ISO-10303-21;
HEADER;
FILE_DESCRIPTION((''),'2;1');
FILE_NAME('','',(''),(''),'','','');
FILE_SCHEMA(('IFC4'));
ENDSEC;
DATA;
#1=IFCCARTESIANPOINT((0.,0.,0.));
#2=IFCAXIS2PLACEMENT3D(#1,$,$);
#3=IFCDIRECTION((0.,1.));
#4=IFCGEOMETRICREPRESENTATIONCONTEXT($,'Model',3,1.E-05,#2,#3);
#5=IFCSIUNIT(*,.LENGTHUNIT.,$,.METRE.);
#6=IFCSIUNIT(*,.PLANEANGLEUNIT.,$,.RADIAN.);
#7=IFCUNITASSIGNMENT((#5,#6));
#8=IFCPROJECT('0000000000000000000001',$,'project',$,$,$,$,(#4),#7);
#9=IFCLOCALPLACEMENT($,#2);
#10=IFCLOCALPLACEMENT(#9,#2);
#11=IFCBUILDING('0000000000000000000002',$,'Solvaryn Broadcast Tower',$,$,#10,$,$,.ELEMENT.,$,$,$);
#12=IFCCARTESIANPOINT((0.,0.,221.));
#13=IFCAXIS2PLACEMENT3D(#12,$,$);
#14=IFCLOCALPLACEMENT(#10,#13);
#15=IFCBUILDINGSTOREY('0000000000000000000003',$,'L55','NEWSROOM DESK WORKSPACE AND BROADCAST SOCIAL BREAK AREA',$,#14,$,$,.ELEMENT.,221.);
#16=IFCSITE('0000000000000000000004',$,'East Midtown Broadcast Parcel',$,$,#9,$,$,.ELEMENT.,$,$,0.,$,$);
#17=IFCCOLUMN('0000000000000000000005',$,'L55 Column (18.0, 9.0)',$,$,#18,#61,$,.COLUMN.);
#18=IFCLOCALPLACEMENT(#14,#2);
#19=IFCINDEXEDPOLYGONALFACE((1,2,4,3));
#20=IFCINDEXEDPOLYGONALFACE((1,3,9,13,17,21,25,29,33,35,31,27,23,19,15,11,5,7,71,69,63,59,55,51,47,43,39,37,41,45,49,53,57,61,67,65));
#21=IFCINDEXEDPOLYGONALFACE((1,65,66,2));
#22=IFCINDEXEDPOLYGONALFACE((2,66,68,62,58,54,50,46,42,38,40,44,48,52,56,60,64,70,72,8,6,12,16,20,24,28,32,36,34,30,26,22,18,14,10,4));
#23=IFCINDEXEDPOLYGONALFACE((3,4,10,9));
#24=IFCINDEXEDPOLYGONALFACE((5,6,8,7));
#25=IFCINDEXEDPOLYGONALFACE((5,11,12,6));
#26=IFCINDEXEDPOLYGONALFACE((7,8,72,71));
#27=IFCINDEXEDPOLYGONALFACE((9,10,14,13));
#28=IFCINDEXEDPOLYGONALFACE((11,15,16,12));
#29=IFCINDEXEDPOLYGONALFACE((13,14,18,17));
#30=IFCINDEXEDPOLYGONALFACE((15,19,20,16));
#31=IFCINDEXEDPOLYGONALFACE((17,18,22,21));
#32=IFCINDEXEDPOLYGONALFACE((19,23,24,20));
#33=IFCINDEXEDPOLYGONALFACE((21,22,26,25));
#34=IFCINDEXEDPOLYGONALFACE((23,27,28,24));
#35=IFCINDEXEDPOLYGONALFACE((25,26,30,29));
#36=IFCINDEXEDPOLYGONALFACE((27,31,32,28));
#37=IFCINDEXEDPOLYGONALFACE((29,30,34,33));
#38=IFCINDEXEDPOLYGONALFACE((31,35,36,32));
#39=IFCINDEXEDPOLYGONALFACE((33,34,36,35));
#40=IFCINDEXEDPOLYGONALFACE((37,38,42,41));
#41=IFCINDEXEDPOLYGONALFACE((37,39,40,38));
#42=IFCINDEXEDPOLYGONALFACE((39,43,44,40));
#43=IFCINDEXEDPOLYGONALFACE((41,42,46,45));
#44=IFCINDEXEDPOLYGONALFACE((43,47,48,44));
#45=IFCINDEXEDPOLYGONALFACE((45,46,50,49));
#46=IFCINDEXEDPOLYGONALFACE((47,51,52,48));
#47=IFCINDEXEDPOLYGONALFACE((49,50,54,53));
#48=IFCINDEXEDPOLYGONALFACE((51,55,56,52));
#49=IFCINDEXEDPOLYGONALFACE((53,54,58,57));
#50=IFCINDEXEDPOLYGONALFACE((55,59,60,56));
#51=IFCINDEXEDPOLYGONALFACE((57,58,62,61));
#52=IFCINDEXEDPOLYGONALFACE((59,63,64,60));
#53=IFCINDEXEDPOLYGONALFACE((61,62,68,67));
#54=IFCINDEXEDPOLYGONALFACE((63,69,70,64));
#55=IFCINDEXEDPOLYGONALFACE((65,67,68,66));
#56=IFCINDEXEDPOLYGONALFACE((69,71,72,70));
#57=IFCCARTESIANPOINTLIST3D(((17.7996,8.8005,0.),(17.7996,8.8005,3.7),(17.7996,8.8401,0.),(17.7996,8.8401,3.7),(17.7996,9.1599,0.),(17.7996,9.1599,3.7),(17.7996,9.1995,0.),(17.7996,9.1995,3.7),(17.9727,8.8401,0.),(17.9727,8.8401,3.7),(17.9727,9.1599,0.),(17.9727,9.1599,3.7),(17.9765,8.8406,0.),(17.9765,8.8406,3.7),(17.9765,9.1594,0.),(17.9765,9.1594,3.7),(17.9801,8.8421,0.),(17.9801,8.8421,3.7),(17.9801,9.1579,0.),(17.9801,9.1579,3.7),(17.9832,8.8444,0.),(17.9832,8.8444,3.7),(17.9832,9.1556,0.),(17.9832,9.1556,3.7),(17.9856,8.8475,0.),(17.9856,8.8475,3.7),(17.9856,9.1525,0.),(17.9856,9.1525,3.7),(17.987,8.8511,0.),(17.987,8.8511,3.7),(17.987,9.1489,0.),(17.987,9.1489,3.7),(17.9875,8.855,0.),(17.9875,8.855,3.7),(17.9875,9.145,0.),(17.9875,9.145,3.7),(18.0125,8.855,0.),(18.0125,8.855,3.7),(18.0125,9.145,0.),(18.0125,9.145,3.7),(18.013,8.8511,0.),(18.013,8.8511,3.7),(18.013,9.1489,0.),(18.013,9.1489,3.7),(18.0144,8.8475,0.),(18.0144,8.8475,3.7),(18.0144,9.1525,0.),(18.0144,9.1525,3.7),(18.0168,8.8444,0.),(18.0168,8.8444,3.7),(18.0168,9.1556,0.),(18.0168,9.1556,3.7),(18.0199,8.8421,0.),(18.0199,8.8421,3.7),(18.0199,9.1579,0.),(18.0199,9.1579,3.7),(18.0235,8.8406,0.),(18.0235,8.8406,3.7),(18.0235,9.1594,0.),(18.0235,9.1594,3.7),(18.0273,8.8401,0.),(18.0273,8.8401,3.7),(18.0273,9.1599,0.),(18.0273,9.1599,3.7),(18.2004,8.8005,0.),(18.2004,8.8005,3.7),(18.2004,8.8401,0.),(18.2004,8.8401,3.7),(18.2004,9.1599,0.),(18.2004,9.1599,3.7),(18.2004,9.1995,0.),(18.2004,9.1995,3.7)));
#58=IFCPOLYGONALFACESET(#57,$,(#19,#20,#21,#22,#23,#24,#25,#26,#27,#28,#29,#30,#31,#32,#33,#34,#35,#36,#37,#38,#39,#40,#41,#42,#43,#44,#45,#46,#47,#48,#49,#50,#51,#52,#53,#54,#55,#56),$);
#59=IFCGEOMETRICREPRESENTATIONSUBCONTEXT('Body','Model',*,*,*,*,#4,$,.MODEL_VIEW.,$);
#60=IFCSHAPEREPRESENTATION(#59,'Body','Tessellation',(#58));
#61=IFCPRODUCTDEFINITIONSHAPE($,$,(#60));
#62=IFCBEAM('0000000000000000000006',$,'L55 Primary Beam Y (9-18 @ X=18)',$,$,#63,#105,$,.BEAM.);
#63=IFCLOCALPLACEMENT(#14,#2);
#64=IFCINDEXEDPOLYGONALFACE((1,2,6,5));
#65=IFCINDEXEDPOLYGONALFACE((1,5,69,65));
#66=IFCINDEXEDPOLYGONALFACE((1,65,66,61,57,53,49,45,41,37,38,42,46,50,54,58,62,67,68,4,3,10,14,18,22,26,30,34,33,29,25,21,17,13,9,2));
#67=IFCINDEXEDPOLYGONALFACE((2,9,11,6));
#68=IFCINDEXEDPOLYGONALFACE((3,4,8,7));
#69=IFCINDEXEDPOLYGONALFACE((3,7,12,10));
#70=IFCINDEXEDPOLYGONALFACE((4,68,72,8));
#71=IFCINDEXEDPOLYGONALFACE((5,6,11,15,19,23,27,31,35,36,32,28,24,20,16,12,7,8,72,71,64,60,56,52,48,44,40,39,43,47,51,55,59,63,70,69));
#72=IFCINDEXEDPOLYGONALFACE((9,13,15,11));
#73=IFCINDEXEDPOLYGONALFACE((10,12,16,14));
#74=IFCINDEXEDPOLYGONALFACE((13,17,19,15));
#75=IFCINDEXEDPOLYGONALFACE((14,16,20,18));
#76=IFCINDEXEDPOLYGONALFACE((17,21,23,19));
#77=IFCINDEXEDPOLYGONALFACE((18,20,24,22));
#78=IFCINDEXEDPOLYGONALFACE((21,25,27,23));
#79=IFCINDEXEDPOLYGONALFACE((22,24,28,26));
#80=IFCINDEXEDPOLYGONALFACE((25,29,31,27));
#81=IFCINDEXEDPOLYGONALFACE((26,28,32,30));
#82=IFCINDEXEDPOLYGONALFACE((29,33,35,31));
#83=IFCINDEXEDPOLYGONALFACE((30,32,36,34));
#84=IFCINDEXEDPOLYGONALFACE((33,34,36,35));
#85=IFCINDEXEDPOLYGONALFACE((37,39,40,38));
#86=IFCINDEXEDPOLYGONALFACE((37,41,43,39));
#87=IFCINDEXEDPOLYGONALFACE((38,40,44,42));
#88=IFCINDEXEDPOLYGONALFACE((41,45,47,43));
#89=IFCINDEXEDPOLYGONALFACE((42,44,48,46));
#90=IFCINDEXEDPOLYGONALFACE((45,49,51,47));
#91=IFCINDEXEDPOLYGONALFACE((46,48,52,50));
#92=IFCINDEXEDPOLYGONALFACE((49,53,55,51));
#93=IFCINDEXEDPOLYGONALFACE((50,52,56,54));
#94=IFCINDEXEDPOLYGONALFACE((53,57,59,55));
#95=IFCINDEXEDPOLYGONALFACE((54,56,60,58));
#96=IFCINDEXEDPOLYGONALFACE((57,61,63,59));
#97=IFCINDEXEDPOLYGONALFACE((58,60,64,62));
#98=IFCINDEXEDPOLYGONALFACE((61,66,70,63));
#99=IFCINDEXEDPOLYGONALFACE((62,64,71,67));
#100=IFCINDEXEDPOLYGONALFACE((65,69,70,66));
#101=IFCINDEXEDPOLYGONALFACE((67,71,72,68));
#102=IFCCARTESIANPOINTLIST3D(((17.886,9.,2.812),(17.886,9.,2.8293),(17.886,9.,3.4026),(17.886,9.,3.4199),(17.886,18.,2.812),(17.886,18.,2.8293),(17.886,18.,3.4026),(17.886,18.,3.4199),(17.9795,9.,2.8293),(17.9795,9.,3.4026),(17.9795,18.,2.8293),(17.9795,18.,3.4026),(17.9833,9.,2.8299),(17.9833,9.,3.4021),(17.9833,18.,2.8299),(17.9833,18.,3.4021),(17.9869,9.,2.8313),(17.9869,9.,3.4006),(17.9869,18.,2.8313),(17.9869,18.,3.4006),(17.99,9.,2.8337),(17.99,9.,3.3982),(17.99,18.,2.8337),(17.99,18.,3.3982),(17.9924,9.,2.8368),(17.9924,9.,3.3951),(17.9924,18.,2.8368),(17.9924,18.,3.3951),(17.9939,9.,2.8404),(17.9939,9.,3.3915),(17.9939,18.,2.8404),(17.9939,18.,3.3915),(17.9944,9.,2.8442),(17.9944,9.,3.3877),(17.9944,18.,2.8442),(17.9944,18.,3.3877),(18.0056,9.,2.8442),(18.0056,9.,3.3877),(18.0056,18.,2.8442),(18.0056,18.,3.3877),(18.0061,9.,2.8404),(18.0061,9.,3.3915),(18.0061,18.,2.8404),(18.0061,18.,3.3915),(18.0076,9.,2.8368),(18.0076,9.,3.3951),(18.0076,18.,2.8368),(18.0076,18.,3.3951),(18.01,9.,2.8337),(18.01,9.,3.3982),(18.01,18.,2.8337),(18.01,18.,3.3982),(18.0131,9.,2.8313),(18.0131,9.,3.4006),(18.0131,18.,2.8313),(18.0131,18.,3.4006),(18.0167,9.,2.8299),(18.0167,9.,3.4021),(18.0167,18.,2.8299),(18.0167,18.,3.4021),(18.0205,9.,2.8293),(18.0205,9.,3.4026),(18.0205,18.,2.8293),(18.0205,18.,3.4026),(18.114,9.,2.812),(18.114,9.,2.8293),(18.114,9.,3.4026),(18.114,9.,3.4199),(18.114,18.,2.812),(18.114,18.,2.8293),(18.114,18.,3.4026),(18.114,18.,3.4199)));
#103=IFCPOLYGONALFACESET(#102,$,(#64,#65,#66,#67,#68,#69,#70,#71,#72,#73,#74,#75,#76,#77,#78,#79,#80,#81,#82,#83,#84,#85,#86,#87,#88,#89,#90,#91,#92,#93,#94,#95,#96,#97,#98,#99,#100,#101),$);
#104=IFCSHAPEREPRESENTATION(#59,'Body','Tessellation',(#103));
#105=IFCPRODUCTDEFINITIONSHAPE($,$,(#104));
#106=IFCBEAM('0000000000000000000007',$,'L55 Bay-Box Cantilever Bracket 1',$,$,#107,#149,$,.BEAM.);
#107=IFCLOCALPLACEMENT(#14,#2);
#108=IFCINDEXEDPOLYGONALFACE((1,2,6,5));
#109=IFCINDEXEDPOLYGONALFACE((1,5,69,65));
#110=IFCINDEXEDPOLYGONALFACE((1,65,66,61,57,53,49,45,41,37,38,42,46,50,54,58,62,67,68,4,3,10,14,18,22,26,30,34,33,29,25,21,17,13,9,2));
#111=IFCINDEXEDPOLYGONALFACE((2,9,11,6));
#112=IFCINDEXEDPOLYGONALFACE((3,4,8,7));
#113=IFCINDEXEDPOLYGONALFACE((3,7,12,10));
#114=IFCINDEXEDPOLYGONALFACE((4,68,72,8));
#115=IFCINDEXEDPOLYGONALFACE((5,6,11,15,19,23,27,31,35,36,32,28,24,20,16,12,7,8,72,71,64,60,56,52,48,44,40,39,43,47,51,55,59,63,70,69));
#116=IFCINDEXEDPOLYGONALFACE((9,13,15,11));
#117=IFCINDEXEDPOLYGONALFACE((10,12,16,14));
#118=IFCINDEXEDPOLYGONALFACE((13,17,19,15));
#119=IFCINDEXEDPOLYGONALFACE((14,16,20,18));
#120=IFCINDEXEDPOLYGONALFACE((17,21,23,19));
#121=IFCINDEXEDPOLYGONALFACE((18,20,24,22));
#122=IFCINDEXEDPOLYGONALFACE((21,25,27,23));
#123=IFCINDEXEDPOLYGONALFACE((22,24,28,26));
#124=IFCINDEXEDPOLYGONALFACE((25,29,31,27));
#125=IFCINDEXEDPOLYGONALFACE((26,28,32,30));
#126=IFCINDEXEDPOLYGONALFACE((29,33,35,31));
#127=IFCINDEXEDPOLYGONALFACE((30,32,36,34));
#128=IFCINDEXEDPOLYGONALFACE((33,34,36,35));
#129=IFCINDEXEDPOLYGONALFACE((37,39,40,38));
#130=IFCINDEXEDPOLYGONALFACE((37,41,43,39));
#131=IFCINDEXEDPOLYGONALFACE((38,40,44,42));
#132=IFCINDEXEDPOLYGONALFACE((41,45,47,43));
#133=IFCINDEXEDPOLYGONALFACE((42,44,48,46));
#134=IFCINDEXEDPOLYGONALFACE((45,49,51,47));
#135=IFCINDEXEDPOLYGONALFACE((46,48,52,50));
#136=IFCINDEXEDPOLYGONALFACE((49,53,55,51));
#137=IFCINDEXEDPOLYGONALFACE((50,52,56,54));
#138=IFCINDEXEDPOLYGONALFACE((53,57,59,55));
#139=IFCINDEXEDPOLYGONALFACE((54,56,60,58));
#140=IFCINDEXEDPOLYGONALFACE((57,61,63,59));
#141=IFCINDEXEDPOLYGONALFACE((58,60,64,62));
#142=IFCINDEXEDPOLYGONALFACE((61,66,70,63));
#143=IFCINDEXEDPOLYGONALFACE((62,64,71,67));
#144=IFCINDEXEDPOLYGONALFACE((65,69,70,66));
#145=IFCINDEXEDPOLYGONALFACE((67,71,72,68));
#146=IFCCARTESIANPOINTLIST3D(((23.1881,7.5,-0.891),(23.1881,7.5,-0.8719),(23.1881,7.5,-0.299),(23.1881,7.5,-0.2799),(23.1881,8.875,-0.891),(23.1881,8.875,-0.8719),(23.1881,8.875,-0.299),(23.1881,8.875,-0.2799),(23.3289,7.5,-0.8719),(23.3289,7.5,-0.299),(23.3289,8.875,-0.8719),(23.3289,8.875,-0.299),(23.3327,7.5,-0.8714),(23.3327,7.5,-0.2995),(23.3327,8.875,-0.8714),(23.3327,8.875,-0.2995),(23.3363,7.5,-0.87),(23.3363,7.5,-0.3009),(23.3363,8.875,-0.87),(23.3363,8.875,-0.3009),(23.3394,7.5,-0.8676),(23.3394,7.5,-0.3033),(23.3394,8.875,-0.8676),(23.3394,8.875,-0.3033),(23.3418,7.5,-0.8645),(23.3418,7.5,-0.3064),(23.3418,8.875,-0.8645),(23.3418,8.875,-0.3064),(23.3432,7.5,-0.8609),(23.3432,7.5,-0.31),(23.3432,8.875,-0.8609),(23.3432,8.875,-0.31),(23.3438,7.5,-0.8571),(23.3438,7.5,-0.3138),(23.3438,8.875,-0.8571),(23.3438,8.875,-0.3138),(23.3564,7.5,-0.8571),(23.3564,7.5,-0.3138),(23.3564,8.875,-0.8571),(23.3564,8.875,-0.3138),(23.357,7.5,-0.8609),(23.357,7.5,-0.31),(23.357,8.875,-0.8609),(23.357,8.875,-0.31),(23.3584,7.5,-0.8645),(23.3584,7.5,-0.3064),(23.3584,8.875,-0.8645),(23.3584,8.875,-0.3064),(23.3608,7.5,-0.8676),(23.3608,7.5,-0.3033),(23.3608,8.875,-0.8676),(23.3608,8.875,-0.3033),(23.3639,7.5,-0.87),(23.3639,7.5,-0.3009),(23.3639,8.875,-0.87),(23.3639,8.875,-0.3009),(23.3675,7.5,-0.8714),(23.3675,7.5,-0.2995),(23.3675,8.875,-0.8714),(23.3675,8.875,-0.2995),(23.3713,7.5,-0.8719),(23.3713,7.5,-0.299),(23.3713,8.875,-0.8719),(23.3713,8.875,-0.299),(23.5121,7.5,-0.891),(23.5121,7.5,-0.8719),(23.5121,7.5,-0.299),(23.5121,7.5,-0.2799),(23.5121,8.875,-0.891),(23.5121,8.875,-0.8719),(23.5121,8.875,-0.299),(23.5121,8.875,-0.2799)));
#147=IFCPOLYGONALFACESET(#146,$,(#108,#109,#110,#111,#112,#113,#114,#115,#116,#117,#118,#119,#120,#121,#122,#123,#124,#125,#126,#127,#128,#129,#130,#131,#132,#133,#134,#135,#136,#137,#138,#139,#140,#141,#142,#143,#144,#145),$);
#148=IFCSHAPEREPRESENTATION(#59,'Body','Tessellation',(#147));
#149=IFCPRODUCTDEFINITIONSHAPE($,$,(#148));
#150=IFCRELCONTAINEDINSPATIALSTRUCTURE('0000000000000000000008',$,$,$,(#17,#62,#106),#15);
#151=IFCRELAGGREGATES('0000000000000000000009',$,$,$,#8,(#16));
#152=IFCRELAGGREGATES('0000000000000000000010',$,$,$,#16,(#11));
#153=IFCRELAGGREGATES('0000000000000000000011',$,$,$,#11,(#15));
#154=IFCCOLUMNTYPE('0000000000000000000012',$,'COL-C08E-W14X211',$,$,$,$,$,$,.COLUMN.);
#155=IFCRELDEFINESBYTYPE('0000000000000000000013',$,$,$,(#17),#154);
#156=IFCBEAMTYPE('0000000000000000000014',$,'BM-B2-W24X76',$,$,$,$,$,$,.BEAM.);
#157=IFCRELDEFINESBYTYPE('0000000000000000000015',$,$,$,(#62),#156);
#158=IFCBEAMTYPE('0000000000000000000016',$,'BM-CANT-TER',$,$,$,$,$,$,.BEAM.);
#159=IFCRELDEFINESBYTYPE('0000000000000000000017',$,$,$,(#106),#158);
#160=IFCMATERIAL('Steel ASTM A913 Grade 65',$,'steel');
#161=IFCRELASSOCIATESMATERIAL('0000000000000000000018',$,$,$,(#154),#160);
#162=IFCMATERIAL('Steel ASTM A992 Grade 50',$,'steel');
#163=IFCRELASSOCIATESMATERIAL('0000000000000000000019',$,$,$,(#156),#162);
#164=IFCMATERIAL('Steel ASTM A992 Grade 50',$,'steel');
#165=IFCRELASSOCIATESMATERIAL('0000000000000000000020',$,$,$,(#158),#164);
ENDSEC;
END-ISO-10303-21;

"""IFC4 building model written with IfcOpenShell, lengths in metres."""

from ifc_helpers import new_model, si_unit, direction, frame, origin, origin_2d, place, context, subcontext, project, spatial, i_section, extrude, material, material_profile, profile_set, type_object, element, save


model = new_model("IFC4")

# Units and contexts
model_context = context("Model", 3, precision=1e-05, world=origin(), true_north=direction((0.0, 1.0)))
body_context = subcontext(model_context, "Body", "Model", "MODEL_VIEW")
ifc_project = project(units=[si_unit("LENGTHUNIT", "METRE"), si_unit("PLANEANGLEUNIT", "RADIAN")], contexts=[model_context])

# Site, building, storey
site_placement = place(None, origin())
site = spatial("IfcSite", under=ifc_project, at=site_placement, Name="East Midtown Broadcast Parcel", CompositionType="ELEMENT", RefElevation=0.0)
building_placement = place(site_placement, origin())
building = spatial("IfcBuilding", under=site, at=building_placement, Name="Solvaryn Broadcast Tower", CompositionType="ELEMENT")
storey_placement = place(building_placement, frame((0.0, 0.0, 221.0)))
storey = spatial("IfcBuildingStorey", under=building, at=storey_placement, Name="L55", Description="NEWSROOM DESK WORKSPACE AND BROADCAST SOCIAL BREAK AREA", CompositionType="ELEMENT", Elevation=221.0)

# Column
ifc_material_1 = material(Name="Steel ASTM A913 Grade 65", Category="steel")
ifc_material_profile_1 = material_profile(ifc_material_1, i_section(OverallWidth=0.4009, OverallDepth=0.3989, WebThickness=0.0249, FlangeThickness=0.0396, FilletRadius=0.0149, at=origin_2d()))
ifc_profile_set_1 = profile_set([ifc_material_profile_1], Name="Steel ASTM A913 Grade 65")
column_type = type_object("IfcColumnType", Name="COL-C08E-W14X211", PredefinedType="COLUMN", material=ifc_profile_set_1)
column_placement = place(storey_placement, frame((18.0, 9.0, 0.0), z_axis=(0.0, 0.0, 1.0), x_axis=(1.0, 0.0, 0.0)))
element("IfcColumn", 1, at=column_placement, inside=storey, type_object=column_type, Name="L55 Column (18.0, 9.0)", PredefinedType="COLUMN", context=body_context, shape_type="SweptSolid", body=[
    extrude(i_section(OverallWidth=0.4009, OverallDepth=0.3989, WebThickness=0.0249, FlangeThickness=0.0396, FilletRadius=0.0149, at=origin_2d()), origin(), (0.0, 0.0, 1.0), 3.7),
])

# Beams
ifc_material_2 = material(Name="Steel ASTM A992 Grade 50", Category="steel")
ifc_material_profile_2 = material_profile(ifc_material_2, i_section(OverallWidth=0.228, OverallDepth=0.6079, WebThickness=0.0112, FlangeThickness=0.0173, FilletRadius=0.0149, at=origin_2d()))
ifc_profile_set_2 = profile_set([ifc_material_profile_2], Name="Steel ASTM A992 Grade 50")
beam_type_1 = type_object("IfcBeamType", Name="BM-B2-W24X76", PredefinedType="BEAM", material=ifc_profile_set_2)
beam_1_placement = place(storey_placement, frame((18.0, 9.0, 3.116), z_axis=(0.0, 1.0, 0.0), x_axis=(-1.0, 0.0, 0.0)))
element("IfcBeam", 2, at=beam_1_placement, inside=storey, type_object=beam_type_1, Name="L55 Primary Beam Y (9-18 @ X=18)", PredefinedType="BEAM", context=body_context, shape_type="SweptSolid", body=[
    extrude(i_section(OverallWidth=0.228, OverallDepth=0.6079, WebThickness=0.0112, FlangeThickness=0.0173, FilletRadius=0.0149, at=origin_2d()), origin(), (0.0, 0.0, 1.0), 9.0),
])
ifc_material_3 = material(Name="Steel ASTM A992 Grade 50", Category="steel")
ifc_material_profile_3 = material_profile(ifc_material_3, i_section(OverallWidth=0.324, OverallDepth=0.6111, WebThickness=0.0127, FlangeThickness=0.019, FilletRadius=0.0149, at=origin_2d()))
ifc_profile_set_3 = profile_set([ifc_material_profile_3], Name="Steel ASTM A992 Grade 50")
beam_type_2 = type_object("IfcBeamType", Name="BM-CANT-TER", PredefinedType="BEAM", material=ifc_profile_set_3)
beam_2_placement = place(storey_placement, frame((23.3501, 8.875, -0.5854), z_axis=(0.0, -1.0, 0.0), x_axis=(1.0, 0.0, 0.0)))
element("IfcBeam", 3, at=beam_2_placement, inside=storey, type_object=beam_type_2, Name="L55 Bay-Box Cantilever Bracket 1", PredefinedType="BEAM", context=body_context, shape_type="SweptSolid", body=[
    extrude(i_section(OverallWidth=0.324, OverallDepth=0.6111, WebThickness=0.0127, FlangeThickness=0.019, FilletRadius=0.0149, at=origin_2d()), origin(), (0.0, 0.0, 1.0), 1.375),
])

save(model, "model.ifc")
